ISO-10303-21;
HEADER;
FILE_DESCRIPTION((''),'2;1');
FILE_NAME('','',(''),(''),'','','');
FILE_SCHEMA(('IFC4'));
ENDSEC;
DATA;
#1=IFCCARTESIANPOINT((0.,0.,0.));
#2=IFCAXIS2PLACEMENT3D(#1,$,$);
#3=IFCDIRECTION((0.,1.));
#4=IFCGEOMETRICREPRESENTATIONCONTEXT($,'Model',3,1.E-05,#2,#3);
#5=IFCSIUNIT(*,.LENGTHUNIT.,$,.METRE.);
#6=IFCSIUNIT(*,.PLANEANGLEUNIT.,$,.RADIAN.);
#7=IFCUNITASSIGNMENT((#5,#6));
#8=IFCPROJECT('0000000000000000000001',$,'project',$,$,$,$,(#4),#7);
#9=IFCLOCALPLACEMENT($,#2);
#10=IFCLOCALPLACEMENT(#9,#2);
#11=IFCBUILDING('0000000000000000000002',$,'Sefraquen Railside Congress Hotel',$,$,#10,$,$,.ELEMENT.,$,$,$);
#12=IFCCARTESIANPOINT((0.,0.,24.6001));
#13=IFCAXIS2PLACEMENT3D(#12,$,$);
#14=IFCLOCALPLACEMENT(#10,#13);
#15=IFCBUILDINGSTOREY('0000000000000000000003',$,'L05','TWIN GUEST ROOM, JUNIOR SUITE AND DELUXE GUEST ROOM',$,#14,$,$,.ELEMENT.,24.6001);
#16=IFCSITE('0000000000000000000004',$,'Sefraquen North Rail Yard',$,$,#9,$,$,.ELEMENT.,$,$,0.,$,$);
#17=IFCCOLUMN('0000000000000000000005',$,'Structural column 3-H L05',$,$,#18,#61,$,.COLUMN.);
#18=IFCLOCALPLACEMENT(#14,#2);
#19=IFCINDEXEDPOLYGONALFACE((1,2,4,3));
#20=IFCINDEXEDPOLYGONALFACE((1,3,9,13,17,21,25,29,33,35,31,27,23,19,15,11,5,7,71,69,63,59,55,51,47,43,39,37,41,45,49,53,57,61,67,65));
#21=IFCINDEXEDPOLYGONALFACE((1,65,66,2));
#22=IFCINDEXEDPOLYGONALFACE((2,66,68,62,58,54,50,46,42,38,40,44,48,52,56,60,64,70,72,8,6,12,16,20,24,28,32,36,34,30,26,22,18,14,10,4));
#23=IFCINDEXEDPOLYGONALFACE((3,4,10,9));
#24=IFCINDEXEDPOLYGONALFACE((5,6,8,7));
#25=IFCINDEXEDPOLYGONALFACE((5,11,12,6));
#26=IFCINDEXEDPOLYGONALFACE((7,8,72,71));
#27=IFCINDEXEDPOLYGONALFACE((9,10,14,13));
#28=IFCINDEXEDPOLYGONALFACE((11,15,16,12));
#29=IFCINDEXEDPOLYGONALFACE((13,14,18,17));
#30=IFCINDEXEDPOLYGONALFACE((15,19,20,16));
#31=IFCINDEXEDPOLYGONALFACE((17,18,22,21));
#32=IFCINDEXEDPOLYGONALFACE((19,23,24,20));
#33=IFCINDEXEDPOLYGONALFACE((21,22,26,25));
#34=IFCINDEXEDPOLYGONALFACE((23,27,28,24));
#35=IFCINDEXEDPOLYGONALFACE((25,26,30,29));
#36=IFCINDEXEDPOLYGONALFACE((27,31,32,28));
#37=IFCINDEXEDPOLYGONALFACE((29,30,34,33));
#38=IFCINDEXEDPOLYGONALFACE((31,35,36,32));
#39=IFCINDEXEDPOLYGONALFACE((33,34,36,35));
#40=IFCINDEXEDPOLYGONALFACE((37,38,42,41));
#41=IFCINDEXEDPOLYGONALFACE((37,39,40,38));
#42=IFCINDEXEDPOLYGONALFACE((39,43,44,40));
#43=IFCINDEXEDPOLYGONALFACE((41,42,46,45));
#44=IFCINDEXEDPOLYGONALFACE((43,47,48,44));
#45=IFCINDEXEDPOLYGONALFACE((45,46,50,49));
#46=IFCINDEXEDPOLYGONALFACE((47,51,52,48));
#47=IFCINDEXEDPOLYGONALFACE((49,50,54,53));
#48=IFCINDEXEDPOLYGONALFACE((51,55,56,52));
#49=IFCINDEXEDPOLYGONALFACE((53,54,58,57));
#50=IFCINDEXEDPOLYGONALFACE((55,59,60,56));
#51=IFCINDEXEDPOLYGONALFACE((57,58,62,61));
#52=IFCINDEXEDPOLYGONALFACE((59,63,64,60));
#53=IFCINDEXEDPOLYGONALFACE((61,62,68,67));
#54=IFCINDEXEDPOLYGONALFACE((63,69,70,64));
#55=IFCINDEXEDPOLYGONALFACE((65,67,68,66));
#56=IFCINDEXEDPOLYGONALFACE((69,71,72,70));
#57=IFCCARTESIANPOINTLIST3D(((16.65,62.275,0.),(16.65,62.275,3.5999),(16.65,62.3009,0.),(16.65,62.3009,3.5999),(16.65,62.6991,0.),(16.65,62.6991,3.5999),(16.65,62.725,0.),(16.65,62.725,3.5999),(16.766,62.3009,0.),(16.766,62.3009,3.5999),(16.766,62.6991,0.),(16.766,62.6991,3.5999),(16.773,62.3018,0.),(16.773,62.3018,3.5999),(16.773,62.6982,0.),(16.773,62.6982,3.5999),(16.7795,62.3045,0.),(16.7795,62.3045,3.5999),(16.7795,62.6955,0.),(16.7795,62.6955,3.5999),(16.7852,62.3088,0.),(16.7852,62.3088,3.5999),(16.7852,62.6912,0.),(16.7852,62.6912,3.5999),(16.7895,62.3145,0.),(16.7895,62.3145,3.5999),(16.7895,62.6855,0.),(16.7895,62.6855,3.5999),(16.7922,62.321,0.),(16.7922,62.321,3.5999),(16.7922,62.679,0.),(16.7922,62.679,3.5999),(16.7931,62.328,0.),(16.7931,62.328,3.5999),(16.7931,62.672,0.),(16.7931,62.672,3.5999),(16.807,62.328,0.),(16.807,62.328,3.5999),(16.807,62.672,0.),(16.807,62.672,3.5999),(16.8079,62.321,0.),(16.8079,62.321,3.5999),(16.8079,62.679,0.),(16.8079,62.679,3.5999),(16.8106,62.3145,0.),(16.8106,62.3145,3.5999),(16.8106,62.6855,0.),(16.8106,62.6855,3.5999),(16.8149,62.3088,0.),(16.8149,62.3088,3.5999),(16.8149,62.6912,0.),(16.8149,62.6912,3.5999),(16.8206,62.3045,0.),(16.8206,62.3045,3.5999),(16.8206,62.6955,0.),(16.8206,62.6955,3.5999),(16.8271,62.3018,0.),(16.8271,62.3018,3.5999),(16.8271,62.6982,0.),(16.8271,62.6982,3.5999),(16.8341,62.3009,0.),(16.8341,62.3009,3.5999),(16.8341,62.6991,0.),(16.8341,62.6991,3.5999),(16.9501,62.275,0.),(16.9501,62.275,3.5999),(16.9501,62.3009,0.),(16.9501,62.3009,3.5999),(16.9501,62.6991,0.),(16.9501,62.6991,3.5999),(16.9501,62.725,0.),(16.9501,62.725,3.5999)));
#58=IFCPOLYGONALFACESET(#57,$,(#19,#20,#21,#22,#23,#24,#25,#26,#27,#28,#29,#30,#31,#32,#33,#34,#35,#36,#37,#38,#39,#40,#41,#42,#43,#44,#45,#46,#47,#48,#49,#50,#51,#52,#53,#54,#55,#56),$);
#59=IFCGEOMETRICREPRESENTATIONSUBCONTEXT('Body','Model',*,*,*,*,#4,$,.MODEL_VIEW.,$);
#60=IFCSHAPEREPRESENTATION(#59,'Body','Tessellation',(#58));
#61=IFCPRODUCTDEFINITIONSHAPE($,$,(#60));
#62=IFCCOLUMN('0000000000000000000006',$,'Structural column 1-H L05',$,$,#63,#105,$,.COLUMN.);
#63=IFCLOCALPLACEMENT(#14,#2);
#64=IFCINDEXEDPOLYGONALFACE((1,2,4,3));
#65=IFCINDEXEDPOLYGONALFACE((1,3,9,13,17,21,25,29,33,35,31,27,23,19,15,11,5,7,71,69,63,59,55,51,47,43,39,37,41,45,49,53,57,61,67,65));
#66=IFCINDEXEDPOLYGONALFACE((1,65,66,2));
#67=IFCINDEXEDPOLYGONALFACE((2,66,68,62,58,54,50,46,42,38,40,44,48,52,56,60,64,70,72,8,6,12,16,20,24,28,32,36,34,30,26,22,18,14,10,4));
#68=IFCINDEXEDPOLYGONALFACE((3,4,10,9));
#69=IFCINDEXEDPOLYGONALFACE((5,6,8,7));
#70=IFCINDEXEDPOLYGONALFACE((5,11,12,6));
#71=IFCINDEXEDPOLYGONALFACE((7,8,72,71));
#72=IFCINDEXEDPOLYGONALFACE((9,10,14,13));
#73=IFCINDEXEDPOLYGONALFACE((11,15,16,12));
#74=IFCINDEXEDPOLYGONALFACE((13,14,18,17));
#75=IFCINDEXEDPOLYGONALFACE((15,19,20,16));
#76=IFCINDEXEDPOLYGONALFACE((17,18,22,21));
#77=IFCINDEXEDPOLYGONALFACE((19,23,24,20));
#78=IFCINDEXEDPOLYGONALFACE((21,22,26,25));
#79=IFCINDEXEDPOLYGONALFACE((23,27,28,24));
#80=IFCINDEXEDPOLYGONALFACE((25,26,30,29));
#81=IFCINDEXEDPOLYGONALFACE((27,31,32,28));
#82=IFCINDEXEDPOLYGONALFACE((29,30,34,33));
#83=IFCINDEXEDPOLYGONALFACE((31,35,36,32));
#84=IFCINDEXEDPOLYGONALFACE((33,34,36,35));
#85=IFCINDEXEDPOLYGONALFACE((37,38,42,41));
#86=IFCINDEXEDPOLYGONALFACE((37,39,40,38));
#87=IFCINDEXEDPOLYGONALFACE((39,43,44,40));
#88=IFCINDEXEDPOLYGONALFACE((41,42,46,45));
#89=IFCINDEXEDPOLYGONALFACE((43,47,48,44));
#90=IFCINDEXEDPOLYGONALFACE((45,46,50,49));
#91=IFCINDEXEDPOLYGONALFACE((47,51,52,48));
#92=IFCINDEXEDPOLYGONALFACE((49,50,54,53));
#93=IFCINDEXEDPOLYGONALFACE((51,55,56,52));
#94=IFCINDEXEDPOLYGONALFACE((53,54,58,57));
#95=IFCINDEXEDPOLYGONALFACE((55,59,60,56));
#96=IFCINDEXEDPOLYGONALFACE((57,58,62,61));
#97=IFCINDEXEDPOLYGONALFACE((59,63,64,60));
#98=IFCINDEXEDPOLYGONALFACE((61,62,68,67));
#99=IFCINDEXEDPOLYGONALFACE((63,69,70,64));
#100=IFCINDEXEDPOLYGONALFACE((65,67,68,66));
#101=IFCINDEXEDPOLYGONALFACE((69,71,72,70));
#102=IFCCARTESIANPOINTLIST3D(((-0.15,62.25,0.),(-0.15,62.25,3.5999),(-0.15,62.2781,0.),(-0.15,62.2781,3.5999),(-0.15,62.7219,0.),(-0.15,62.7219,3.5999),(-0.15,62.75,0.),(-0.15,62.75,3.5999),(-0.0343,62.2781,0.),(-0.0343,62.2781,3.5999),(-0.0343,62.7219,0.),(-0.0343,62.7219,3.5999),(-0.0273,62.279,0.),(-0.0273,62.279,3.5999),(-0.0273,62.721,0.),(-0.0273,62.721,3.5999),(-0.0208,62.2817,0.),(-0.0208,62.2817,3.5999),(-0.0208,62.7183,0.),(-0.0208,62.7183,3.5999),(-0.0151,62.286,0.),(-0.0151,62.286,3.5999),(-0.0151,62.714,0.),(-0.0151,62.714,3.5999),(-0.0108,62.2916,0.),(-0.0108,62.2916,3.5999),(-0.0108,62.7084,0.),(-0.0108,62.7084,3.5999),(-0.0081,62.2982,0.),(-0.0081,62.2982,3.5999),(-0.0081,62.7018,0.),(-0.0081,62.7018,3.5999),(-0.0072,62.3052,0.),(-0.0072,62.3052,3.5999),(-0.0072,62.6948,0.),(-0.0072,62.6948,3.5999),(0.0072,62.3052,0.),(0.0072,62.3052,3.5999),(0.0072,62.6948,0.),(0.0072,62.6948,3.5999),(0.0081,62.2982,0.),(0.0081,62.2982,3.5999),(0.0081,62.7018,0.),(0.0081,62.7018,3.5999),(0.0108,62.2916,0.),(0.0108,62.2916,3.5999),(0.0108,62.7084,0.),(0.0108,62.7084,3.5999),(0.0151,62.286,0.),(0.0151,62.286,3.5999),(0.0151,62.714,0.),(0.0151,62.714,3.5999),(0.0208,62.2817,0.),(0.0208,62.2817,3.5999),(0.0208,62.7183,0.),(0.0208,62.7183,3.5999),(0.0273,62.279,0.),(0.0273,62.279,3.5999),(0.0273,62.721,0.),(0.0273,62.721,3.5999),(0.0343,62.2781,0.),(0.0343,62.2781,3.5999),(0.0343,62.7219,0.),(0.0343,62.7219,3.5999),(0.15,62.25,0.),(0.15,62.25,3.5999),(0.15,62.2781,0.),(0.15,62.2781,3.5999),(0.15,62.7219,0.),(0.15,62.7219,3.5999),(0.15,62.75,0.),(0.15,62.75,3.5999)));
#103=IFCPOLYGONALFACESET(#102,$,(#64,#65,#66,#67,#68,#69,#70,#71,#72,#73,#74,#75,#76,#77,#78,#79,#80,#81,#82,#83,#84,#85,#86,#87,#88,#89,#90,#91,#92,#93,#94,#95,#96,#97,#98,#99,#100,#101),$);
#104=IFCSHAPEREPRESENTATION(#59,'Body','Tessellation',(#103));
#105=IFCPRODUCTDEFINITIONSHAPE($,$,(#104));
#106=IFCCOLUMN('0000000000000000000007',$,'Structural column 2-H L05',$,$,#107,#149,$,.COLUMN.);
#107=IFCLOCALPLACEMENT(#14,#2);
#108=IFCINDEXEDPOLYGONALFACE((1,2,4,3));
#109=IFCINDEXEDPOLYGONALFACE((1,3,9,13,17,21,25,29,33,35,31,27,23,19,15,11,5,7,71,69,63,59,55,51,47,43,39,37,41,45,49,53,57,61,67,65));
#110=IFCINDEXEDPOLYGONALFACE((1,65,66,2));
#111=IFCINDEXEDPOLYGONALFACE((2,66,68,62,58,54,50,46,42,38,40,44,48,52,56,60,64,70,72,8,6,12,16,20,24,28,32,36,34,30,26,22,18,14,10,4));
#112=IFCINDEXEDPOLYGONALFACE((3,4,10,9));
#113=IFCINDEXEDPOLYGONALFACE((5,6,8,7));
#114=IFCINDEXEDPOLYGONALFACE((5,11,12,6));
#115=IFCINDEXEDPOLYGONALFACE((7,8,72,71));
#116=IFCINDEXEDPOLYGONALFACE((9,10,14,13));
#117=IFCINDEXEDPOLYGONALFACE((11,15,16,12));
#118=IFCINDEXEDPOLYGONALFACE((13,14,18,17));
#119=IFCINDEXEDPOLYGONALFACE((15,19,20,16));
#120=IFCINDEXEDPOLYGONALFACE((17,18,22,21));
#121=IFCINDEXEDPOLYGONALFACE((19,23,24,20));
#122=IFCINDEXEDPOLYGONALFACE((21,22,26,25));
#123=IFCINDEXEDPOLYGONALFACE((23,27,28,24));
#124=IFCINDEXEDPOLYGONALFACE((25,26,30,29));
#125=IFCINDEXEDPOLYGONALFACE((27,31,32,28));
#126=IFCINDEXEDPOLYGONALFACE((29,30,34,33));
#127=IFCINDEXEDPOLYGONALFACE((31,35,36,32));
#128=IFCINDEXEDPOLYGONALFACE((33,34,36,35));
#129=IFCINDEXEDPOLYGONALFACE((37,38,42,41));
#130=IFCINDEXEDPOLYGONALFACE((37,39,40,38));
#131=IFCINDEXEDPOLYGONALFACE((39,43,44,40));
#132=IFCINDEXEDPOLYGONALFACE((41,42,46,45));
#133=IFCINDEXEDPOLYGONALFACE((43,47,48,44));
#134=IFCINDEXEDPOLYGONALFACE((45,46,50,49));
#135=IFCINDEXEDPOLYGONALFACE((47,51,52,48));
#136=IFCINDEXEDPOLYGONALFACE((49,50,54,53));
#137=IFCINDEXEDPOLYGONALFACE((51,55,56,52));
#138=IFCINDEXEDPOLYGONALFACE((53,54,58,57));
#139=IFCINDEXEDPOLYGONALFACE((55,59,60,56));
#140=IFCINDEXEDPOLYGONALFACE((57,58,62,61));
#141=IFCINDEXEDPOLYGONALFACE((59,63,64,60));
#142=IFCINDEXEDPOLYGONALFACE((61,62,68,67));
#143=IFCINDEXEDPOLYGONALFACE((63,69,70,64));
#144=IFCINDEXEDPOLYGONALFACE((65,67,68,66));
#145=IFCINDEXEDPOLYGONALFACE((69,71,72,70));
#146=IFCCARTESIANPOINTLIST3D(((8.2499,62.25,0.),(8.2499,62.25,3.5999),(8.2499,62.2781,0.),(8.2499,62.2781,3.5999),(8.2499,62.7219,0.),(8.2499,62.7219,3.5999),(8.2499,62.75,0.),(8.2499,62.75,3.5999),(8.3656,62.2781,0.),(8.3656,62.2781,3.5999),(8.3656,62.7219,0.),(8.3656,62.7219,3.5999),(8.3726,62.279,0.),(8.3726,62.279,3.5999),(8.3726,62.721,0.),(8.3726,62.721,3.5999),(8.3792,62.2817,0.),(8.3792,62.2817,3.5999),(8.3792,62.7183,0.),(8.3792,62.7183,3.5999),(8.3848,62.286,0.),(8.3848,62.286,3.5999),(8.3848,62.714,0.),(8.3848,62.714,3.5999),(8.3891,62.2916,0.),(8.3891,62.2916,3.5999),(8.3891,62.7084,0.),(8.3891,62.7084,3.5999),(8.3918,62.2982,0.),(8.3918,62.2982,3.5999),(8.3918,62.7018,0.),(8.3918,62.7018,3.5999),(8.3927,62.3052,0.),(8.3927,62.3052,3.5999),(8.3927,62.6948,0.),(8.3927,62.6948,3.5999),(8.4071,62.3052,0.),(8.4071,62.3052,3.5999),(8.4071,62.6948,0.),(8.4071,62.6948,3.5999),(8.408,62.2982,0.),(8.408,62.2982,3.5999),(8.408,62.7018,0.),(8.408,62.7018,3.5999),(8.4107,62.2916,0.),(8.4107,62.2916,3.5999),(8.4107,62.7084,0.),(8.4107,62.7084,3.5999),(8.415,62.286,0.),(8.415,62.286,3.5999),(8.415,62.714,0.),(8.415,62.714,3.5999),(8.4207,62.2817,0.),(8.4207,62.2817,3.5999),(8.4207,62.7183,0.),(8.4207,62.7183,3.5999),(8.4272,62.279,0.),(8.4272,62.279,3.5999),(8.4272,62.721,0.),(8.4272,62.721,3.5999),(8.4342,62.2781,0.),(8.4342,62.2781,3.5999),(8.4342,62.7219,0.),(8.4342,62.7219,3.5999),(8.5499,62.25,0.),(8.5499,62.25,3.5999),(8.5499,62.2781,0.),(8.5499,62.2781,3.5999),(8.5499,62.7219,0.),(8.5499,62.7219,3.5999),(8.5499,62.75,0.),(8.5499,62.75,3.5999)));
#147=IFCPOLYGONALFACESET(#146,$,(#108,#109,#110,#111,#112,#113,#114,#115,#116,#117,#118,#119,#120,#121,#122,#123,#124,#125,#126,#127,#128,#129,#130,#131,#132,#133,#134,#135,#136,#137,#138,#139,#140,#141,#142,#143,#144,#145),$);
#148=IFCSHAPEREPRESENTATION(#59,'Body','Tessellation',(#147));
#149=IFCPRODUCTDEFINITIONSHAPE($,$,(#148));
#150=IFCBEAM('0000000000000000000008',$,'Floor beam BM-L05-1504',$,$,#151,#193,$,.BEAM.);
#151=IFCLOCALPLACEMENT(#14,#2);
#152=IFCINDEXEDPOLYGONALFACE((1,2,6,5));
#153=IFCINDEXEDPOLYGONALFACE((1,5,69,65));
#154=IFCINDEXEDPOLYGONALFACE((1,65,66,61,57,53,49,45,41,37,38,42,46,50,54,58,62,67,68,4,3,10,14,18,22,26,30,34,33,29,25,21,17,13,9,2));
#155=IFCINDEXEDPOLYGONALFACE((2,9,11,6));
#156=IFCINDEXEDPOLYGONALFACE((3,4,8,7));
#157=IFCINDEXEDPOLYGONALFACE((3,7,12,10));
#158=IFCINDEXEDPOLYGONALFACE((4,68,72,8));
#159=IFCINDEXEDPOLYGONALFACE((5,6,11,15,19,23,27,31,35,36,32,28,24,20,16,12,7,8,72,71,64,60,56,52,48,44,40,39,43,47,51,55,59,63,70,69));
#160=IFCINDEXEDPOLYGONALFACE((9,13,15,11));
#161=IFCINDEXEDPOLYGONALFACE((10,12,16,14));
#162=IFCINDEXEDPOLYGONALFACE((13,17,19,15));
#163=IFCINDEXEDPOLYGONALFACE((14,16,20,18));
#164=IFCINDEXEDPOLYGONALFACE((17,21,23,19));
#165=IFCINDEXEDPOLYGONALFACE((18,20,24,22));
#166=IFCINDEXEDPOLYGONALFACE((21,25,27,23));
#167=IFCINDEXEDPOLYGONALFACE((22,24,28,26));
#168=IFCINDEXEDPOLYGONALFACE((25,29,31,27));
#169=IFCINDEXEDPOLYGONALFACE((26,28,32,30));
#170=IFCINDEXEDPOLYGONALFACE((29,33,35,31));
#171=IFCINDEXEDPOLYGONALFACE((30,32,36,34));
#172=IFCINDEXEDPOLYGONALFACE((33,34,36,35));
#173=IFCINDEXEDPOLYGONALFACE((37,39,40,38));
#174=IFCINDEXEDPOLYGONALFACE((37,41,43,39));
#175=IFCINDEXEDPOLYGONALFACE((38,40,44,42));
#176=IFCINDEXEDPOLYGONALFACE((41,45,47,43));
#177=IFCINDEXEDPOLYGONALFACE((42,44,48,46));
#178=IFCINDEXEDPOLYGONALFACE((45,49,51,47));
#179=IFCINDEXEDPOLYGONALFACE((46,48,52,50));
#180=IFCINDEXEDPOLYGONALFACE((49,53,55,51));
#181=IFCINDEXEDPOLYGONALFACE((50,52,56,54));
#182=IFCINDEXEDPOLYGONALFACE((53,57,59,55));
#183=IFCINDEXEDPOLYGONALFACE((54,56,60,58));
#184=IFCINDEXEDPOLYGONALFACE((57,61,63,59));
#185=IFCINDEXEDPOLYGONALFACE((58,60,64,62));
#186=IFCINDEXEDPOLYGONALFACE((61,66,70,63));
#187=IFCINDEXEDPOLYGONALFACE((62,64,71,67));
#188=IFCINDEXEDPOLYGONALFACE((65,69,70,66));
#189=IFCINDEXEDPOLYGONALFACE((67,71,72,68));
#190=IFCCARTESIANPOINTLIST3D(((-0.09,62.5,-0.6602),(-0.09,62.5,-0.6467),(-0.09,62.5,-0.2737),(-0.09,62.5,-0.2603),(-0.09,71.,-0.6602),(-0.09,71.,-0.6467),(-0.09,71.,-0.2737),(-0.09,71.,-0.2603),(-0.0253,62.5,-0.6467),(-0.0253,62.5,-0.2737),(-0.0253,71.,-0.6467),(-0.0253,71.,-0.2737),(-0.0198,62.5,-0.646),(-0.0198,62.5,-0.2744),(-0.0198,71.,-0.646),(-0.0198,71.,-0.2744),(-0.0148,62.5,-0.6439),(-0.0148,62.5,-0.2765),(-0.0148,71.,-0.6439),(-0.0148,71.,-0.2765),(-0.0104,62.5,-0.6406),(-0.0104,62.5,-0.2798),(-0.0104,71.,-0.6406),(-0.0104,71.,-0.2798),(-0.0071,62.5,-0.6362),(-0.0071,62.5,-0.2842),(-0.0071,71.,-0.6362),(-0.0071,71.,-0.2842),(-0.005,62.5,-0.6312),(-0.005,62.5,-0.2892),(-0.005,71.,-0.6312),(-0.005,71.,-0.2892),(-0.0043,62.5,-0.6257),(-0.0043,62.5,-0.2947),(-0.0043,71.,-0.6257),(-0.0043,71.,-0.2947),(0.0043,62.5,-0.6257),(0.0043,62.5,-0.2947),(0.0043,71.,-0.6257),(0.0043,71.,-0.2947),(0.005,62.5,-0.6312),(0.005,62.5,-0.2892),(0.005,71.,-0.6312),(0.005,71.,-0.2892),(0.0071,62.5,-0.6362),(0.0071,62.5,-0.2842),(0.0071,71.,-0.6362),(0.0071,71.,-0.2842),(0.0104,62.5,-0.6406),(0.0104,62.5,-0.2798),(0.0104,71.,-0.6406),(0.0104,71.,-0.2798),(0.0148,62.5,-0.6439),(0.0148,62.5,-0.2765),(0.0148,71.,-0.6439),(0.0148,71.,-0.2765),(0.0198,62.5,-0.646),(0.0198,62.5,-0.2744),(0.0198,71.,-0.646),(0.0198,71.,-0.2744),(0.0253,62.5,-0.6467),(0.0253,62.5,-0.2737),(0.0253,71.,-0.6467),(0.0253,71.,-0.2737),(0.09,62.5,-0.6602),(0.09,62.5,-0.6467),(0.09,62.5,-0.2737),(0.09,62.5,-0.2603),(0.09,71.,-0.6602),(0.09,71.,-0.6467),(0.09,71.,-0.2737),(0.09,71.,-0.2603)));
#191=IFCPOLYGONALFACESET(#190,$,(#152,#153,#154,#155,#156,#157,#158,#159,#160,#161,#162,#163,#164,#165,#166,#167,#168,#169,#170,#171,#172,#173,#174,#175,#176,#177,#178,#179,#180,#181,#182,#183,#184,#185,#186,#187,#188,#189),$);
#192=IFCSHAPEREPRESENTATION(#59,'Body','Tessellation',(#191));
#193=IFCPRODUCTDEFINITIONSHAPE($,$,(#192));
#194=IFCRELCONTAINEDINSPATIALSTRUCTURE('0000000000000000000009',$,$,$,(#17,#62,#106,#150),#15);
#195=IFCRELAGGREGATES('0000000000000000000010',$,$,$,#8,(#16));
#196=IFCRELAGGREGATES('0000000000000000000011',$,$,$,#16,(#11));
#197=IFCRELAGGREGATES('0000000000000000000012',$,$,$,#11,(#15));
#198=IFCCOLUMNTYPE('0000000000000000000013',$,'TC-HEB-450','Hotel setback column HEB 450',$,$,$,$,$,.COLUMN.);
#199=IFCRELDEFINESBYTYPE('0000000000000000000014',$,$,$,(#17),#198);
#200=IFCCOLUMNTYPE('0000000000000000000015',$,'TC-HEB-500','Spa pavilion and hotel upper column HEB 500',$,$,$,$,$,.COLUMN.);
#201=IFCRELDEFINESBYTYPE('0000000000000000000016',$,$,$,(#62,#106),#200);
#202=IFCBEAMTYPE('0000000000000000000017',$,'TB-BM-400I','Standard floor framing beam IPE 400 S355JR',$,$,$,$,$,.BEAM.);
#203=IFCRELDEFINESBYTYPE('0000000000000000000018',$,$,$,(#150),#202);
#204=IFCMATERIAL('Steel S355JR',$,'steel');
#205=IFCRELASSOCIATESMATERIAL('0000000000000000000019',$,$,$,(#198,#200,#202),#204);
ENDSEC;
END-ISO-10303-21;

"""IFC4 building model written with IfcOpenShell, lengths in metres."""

from ifc_helpers import new_model, si_unit, direction, frame, origin, origin_2d, place, context, subcontext, project, spatial, i_section, extrude, material, material_profile, profile_set, type_object, element, save


model = new_model("IFC4")

# Units and contexts
model_context = context("Model", 3, precision=1e-05, world=origin(), true_north=direction((0.0, 1.0)))
body_context = subcontext(model_context, "Body", "Model", "MODEL_VIEW")
ifc_project = project(units=[si_unit("LENGTHUNIT", "METRE"), si_unit("PLANEANGLEUNIT", "RADIAN")], contexts=[model_context])

# Site, building, storey
site_placement = place(None, origin())
site = spatial("IfcSite", under=ifc_project, at=site_placement, Name="Sefraquen North Rail Yard", CompositionType="ELEMENT", RefElevation=0.0)
building_placement = place(site_placement, origin())
building = spatial("IfcBuilding", under=site, at=building_placement, Name="Sefraquen Railside Congress Hotel", CompositionType="ELEMENT")
storey_placement = place(building_placement, frame((0.0, 0.0, 24.6001)))
storey = spatial("IfcBuildingStorey", under=building, at=storey_placement, Name="L05", Description="TWIN GUEST ROOM, JUNIOR SUITE AND DELUXE GUEST ROOM", CompositionType="ELEMENT", Elevation=24.6001)

# Columns
ifc_material_1 = material(Name="Steel S355JR", Category="steel")
ifc_material_profile_1 = material_profile(ifc_material_1, i_section(OverallWidth=0.3, OverallDepth=0.45, WebThickness=0.0139, FlangeThickness=0.0259, FilletRadius=0.0271, at=origin_2d()), Name="HEB 450")
ifc_profile_set_1 = profile_set([ifc_material_profile_1], Name="Steel S355JR")
column_type_1 = type_object("IfcColumnType", Name="TC-HEB-450", Description="Hotel setback column HEB 450", PredefinedType="COLUMN", material=ifc_profile_set_1)
column_placement = place(storey_placement, frame((16.8, 62.5, 0.0), z_axis=(0.0, 0.0, 1.0), x_axis=(1.0, 0.0, 0.0)))
element("IfcColumn", 1, at=column_placement, inside=storey, type_object=column_type_1, Name="Structural column 3-H L05", PredefinedType="COLUMN", context=body_context, shape_type="SweptSolid", body=[
    extrude(i_section(OverallWidth=0.3, OverallDepth=0.45, WebThickness=0.0139, FlangeThickness=0.0259, FilletRadius=0.0271, at=origin_2d()), origin(), (0.0, 0.0, 1.0), 3.5999),
])
ifc_material_profile_2 = material_profile(ifc_material_1, i_section(OverallWidth=0.3, OverallDepth=0.5, WebThickness=0.0144, FlangeThickness=0.0281, FilletRadius=0.0271, at=origin_2d()), Name="HEB 500")
ifc_profile_set_2 = profile_set([ifc_material_profile_2], Name="Steel S355JR")
column_type_2 = type_object("IfcColumnType", Name="TC-HEB-500", Description="Spa pavilion and hotel upper column HEB 500", PredefinedType="COLUMN", material=ifc_profile_set_2)
for number, where, z_axis, x_axis, name in (
    (2, (0.0, 62.5, 0.0), (0.0, 0.0, 1.0), (1.0, 0.0, 0.0), "Structural column 1-H L05"),
    (3, (8.3999, 62.5, 0.0), (0.0, 0.0, 1.0), (1.0, 0.0, 0.0), "Structural column 2-H L05"),
):
    element("IfcColumn", number, at=place(storey_placement, frame(where, z_axis=z_axis, x_axis=x_axis)), inside=storey, type_object=column_type_2, Name=name, PredefinedType="COLUMN", context=body_context, shape_type="SweptSolid", body=[
        extrude(i_section(OverallWidth=0.3, OverallDepth=0.5, WebThickness=0.0144, FlangeThickness=0.0281, FilletRadius=0.0271, at=origin_2d()), origin(), (0.0, 0.0, 1.0), 3.5999),
    ])

# Beam
ifc_material_profile_3 = material_profile(ifc_material_1, i_section(OverallWidth=0.1799, OverallDepth=0.3999, WebThickness=0.0085, FlangeThickness=0.0134, FilletRadius=0.021, at=origin_2d()), Name="IPE 400")
ifc_profile_set_3 = profile_set([ifc_material_profile_3], Name="Steel S355JR")
beam_type_1 = type_object("IfcBeamType", Name="TB-BM-400I", Description="Standard floor framing beam IPE 400 S355JR", PredefinedType="BEAM", material=ifc_profile_set_3)
for number, where, z_axis, x_axis, name in (
    (4, (0.0, 62.5, -0.4602), (0.0, 1.0, 0.0), (-1.0, 0.0, 0.0), "Floor beam BM-L05-1504"),
):
    element("IfcBeam", number, at=place(storey_placement, frame(where, z_axis=z_axis, x_axis=x_axis)), inside=storey, type_object=beam_type_1, Name=name, PredefinedType="BEAM", context=body_context, shape_type="SweptSolid", body=[
        extrude(i_section(OverallWidth=0.1799, OverallDepth=0.3999, WebThickness=0.0085, FlangeThickness=0.0134, FilletRadius=0.021, at=origin_2d()), origin(), (0.0, 0.0, 1.0), 8.5),
    ])

save(model, "model.ifc")
